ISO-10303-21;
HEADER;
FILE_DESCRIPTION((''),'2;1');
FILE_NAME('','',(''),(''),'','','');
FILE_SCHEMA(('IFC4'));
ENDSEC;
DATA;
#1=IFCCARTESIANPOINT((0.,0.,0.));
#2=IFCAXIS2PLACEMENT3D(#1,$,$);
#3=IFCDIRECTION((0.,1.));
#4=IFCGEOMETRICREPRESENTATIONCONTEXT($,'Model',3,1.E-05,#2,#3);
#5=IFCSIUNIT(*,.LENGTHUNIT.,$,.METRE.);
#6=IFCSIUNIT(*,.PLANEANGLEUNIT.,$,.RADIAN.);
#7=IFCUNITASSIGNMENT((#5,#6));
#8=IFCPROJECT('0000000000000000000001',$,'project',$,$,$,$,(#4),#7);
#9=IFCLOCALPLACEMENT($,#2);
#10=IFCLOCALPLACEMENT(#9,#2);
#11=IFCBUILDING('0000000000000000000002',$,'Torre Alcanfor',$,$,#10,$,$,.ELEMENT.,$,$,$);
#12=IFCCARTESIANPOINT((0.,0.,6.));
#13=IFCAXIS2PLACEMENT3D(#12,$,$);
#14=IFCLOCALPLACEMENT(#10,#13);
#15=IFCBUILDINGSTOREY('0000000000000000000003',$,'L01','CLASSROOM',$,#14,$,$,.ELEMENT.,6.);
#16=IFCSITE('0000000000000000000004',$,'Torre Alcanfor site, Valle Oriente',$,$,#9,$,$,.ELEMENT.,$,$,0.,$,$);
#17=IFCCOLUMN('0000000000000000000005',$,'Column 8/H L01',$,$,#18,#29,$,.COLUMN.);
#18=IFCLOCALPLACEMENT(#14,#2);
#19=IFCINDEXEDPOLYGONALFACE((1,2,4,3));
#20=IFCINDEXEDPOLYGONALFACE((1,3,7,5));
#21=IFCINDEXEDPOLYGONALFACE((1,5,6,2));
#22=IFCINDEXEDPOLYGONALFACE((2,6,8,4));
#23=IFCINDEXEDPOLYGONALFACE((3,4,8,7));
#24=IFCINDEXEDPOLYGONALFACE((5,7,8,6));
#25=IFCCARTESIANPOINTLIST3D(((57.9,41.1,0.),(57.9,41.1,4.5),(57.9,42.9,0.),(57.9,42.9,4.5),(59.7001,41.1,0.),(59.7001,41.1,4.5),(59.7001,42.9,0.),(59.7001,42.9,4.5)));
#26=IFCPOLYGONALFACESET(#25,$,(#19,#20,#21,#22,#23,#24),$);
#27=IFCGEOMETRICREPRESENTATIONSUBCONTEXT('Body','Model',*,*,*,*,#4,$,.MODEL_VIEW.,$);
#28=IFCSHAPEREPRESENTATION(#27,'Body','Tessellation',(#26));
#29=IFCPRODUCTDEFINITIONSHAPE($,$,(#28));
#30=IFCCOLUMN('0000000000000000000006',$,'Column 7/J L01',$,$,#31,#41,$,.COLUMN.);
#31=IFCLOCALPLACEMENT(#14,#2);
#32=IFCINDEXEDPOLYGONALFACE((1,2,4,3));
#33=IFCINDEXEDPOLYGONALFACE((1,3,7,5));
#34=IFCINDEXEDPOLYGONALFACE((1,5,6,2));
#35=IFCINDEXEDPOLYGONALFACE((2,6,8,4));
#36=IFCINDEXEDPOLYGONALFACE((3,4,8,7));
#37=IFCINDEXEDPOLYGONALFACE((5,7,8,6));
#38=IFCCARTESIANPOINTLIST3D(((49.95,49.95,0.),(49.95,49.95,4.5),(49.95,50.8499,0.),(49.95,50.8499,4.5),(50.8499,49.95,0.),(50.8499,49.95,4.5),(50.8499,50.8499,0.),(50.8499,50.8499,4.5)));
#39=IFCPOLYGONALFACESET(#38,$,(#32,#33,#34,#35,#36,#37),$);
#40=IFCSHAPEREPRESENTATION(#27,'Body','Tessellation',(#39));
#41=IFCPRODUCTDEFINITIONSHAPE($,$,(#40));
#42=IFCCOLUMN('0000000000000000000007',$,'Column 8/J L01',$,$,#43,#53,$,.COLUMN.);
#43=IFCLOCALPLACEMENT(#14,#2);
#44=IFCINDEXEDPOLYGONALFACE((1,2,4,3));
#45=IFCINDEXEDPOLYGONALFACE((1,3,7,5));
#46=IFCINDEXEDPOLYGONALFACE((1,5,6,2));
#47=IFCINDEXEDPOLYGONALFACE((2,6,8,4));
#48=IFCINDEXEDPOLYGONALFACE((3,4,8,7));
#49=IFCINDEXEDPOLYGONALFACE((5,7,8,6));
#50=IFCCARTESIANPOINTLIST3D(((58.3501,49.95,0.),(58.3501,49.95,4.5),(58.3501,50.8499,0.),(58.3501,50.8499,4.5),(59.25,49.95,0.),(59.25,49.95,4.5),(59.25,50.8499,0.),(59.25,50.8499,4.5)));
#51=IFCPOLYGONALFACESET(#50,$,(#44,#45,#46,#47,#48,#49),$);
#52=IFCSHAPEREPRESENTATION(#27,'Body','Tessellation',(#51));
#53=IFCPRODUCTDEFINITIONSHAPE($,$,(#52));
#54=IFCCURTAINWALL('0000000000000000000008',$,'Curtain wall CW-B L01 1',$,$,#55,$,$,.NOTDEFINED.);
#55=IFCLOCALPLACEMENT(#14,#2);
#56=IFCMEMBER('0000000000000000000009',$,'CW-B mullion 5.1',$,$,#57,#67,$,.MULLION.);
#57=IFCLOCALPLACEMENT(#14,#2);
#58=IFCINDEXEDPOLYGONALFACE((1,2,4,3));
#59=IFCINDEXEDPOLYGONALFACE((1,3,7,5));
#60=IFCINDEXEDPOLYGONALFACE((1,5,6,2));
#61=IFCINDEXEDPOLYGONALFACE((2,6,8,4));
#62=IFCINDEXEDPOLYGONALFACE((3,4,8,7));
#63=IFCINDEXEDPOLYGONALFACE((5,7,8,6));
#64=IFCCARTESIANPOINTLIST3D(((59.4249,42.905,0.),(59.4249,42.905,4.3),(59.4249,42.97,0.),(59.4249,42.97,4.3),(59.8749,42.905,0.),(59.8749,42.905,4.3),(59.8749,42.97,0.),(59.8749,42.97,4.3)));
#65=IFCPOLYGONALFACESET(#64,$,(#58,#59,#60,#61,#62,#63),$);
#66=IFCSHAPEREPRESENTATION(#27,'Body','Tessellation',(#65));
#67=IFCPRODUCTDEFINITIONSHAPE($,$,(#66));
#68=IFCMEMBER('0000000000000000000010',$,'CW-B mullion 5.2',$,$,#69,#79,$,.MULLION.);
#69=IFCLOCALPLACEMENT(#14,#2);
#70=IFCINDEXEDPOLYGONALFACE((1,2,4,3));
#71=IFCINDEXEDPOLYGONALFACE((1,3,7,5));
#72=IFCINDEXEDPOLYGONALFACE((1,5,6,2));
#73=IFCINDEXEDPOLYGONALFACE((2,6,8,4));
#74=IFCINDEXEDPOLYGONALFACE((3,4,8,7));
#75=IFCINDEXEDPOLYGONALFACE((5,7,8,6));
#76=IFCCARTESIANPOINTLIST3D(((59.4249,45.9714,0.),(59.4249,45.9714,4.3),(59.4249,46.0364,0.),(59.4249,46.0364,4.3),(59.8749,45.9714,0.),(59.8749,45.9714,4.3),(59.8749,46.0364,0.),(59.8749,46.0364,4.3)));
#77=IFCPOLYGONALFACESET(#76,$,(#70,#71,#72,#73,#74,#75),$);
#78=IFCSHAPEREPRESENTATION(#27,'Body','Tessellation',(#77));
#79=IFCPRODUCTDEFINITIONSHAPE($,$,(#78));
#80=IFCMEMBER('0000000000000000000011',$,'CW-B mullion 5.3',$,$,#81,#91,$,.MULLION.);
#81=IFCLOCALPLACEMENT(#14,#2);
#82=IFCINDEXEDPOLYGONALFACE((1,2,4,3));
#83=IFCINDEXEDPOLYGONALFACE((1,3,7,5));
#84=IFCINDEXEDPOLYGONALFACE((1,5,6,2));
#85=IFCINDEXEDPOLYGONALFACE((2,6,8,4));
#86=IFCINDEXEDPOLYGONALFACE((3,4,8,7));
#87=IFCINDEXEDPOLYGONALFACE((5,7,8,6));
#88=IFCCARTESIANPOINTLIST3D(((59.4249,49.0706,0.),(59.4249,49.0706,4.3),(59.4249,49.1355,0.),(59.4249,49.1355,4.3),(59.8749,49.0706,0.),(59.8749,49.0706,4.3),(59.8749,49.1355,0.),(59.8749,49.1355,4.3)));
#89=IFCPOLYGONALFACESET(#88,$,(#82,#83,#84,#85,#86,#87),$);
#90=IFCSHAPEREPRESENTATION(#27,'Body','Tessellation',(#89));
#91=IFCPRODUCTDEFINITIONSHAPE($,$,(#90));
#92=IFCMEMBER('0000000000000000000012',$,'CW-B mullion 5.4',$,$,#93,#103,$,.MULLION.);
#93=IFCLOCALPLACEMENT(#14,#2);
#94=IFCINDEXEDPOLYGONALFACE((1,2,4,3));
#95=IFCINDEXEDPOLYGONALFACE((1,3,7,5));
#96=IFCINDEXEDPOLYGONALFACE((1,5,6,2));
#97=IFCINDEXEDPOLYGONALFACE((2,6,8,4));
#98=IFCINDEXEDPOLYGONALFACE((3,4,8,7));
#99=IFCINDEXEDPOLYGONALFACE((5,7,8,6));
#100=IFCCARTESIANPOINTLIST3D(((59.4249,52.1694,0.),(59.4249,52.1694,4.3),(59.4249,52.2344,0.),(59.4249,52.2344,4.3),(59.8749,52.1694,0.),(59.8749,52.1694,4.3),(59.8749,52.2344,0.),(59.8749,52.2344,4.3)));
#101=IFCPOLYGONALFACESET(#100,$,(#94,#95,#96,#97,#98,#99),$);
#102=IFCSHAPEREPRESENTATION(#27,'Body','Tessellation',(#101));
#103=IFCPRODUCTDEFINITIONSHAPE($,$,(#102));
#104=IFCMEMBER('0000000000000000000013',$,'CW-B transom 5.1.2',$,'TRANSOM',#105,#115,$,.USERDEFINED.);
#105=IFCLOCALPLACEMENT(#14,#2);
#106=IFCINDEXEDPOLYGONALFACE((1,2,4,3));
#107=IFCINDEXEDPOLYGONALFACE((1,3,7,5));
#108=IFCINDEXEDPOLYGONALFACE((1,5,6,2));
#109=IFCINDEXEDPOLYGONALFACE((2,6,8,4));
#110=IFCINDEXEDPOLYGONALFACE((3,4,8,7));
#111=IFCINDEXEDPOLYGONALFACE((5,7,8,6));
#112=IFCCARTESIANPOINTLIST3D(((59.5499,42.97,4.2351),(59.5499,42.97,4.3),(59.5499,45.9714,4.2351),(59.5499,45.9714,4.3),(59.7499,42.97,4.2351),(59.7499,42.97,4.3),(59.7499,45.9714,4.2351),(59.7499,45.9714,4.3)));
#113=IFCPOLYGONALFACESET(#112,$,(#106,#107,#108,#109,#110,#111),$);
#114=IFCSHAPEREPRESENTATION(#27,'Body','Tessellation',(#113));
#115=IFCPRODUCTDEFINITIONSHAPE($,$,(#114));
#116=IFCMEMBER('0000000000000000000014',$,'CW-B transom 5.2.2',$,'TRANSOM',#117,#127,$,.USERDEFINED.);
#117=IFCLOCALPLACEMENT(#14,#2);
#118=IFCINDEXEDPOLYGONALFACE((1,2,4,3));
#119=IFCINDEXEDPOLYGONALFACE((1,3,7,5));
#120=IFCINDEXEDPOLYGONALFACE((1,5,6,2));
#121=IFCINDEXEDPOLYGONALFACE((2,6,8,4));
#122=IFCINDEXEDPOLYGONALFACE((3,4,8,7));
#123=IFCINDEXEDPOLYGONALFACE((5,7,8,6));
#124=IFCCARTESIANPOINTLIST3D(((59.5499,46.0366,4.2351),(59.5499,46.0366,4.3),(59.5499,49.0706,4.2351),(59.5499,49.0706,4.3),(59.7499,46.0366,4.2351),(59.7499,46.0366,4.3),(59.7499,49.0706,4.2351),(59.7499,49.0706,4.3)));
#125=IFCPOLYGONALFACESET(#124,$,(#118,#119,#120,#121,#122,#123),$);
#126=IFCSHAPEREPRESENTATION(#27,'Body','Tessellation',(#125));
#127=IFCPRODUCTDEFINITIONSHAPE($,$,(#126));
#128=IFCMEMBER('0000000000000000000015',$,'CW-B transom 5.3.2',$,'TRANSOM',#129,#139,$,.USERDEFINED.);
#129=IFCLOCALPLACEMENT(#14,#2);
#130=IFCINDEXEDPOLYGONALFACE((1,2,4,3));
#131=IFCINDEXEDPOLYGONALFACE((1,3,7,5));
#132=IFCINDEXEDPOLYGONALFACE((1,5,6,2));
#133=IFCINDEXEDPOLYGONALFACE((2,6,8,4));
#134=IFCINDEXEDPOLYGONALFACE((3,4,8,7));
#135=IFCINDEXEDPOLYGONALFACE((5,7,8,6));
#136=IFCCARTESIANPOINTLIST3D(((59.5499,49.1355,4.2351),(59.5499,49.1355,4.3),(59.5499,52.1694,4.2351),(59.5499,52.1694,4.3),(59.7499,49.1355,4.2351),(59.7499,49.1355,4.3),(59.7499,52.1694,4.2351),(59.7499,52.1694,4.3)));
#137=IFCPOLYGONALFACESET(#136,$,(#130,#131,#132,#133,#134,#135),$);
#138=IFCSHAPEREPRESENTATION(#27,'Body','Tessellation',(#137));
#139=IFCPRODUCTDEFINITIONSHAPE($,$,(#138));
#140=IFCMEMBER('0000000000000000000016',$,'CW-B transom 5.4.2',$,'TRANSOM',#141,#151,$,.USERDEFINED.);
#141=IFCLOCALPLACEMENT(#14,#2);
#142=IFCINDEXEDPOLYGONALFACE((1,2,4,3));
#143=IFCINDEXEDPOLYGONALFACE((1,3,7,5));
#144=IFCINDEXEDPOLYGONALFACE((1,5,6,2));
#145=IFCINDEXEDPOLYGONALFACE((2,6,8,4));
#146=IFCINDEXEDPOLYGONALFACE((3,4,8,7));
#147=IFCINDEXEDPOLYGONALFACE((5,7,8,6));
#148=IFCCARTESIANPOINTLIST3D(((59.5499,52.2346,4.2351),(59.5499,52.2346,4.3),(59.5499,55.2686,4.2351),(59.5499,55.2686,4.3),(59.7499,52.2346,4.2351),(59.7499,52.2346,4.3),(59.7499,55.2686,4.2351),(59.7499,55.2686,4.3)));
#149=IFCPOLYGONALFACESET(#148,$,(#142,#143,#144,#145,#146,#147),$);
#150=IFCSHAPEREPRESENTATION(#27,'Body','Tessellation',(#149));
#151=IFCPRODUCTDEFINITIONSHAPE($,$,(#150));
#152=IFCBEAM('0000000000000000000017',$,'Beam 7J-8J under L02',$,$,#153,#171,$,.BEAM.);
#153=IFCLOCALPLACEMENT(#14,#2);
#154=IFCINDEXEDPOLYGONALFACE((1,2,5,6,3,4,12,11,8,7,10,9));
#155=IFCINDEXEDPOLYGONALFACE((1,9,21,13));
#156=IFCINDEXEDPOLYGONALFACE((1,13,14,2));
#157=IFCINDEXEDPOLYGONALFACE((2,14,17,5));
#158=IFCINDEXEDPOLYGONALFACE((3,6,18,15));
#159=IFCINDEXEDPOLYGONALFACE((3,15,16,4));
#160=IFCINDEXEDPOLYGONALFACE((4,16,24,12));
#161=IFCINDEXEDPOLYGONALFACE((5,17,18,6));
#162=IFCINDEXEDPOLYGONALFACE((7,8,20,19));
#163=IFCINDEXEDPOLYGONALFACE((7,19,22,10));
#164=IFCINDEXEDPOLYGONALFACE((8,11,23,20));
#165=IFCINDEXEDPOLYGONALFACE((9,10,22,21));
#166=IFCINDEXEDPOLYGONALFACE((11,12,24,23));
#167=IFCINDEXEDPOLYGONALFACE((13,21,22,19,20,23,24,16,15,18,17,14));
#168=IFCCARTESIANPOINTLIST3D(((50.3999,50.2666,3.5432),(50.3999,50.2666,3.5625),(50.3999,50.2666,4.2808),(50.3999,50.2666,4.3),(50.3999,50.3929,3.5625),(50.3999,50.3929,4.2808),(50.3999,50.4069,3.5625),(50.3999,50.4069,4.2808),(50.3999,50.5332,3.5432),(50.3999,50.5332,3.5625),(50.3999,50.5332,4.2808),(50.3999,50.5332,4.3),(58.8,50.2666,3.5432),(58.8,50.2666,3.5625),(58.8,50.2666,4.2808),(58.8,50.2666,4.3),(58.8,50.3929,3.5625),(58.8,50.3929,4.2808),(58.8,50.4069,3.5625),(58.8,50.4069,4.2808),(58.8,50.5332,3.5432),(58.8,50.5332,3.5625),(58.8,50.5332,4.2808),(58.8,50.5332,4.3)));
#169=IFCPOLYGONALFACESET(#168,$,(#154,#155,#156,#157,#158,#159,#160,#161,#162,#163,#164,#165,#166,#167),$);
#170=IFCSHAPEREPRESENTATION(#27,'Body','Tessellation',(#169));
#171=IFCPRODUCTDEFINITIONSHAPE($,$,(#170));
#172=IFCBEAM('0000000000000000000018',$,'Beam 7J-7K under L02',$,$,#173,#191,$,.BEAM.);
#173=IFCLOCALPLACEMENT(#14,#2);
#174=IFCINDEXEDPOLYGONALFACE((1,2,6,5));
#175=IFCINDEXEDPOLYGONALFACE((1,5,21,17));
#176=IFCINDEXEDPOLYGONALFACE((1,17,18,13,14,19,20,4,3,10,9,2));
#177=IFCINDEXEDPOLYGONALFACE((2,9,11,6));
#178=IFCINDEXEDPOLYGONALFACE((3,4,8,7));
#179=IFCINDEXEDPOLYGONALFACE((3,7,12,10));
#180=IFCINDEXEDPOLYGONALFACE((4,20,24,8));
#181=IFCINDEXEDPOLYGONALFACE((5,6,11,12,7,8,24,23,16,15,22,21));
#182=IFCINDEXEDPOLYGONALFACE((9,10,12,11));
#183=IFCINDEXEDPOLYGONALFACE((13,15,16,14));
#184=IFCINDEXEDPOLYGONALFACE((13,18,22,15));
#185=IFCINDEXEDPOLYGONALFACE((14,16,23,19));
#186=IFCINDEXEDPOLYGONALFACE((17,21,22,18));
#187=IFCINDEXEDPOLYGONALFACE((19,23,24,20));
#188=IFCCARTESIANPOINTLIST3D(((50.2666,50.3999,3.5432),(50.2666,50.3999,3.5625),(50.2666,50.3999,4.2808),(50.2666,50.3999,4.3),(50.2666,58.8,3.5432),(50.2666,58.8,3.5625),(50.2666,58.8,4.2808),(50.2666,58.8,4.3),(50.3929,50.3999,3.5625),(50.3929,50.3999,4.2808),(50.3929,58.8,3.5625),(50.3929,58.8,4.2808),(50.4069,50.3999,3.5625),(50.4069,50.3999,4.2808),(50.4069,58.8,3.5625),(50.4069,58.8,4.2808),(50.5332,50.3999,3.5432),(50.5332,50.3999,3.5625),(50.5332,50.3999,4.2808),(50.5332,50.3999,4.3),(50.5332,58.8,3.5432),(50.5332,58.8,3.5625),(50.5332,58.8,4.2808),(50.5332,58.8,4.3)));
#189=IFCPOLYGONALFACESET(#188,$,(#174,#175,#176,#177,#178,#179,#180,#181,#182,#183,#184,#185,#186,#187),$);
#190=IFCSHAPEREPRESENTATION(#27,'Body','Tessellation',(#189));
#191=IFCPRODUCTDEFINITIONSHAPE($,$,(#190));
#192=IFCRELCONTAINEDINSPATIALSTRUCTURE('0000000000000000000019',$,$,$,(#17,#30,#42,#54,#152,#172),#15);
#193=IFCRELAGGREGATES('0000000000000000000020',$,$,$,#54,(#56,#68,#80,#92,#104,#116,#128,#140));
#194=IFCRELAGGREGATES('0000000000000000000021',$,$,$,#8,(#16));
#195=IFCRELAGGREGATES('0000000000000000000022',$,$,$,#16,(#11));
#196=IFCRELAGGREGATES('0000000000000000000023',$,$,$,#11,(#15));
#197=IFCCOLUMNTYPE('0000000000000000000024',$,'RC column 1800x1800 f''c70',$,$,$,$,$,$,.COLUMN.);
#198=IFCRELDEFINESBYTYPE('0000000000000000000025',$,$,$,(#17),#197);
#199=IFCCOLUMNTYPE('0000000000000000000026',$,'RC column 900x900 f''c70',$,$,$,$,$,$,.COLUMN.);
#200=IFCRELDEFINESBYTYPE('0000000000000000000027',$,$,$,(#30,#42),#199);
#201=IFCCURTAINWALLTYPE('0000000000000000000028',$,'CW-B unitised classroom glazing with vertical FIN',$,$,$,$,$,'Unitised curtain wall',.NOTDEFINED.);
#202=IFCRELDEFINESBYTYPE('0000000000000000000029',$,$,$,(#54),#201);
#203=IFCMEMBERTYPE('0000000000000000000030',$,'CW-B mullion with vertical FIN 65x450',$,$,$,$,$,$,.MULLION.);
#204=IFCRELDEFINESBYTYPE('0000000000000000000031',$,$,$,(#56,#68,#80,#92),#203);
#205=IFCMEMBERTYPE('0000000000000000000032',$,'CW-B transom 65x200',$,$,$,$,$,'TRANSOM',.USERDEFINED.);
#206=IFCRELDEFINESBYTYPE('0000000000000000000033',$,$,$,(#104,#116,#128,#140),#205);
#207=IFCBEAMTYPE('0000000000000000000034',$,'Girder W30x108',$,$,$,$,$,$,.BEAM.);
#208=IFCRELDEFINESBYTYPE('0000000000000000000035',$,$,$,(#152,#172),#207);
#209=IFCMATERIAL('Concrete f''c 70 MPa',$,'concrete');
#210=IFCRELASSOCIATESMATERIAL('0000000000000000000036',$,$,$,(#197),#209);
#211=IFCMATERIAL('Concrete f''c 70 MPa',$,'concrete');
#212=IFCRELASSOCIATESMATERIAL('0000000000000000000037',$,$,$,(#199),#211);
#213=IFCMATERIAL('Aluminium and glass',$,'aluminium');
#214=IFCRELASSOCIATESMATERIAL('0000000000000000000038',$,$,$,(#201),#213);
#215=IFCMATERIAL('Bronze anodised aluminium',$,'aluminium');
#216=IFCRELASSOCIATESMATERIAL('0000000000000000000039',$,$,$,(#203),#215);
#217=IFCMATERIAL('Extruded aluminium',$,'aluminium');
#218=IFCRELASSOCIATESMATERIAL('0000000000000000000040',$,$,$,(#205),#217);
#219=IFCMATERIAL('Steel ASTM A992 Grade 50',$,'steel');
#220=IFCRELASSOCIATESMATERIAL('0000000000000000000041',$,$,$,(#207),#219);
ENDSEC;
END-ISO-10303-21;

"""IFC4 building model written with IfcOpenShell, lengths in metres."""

from ifc_helpers import new_model, si_unit, direction, frame, origin, origin_2d, place, context, subcontext, project, spatial, rectangle, i_section, extrude, material, material_profile, profile_set, type_object, element, aggregate, save


model = new_model("IFC4")

# Units and contexts
model_context = context("Model", 3, precision=1e-05, world=origin(), true_north=direction((0.0, 1.0)))
body_context = subcontext(model_context, "Body", "Model", "MODEL_VIEW")
ifc_project = project(units=[si_unit("LENGTHUNIT", "METRE"), si_unit("PLANEANGLEUNIT", "RADIAN")], contexts=[model_context])

# Site, building, storey
site_placement = place(None, origin())
site = spatial("IfcSite", under=ifc_project, at=site_placement, Name="Torre Alcanfor site, Valle Oriente", CompositionType="ELEMENT", RefElevation=0.0)
building_placement = place(site_placement, origin())
building = spatial("IfcBuilding", under=site, at=building_placement, Name="Torre Alcanfor", CompositionType="ELEMENT")
storey_placement = place(building_placement, frame((0.0, 0.0, 6.0)))
storey = spatial("IfcBuildingStorey", under=building, at=storey_placement, Name="L01", Description="CLASSROOM", CompositionType="ELEMENT", Elevation=6.0)

# Columns
ifc_material_1 = material(Name="Concrete f'c 70 MPa", Category="concrete")
ifc_material_profile_1 = material_profile(ifc_material_1, rectangle(XDim=1.8, YDim=1.8, at=origin_2d()), Name="1800x1800")
ifc_profile_set_1 = profile_set([ifc_material_profile_1], Name="Concrete f'c 70 MPa")
column_type_1 = type_object("IfcColumnType", Name="RC column 1800x1800 f'c70", PredefinedType="COLUMN", material=ifc_profile_set_1)
column_placement = place(storey_placement, frame((58.8, 42.0, 0.0), z_axis=(0.0, 0.0, 1.0), x_axis=(1.0, 0.0, 0.0)))
element("IfcColumn", 1, at=column_placement, inside=storey, type_object=column_type_1, Name="Column 8/H L01", PredefinedType="COLUMN", context=body_context, shape_type="SweptSolid", body=[
    extrude(rectangle(XDim=1.8, YDim=1.8, at=origin_2d()), origin(), (0.0, 0.0, 1.0), 4.5),
])
ifc_material_2 = material(Name="Concrete f'c 70 MPa", Category="concrete")
ifc_material_profile_2 = material_profile(ifc_material_2, rectangle(XDim=0.8999, YDim=0.8999, at=origin_2d()), Name="900x900")
ifc_profile_set_2 = profile_set([ifc_material_profile_2], Name="Concrete f'c 70 MPa")
column_type_2 = type_object("IfcColumnType", Name="RC column 900x900 f'c70", PredefinedType="COLUMN", material=ifc_profile_set_2)
for number, where, z_axis, x_axis, name in (
    (2, (50.3999, 50.3999, 0.0), (0.0, 0.0, 1.0), (1.0, 0.0, 0.0), "Column 7/J L01"),
    (3, (58.8, 50.3999, 0.0), (0.0, 0.0, 1.0), (1.0, 0.0, 0.0), "Column 8/J L01"),
):
    element("IfcColumn", number, at=place(storey_placement, frame(where, z_axis=z_axis, x_axis=x_axis)), inside=storey, type_object=column_type_2, Name=name, PredefinedType="COLUMN", context=body_context, shape_type="SweptSolid", body=[
        extrude(rectangle(XDim=0.8999, YDim=0.8999, at=origin_2d()), origin(), (0.0, 0.0, 1.0), 4.5),
    ])

# Curtain wall, members
ifc_material_3 = material(Name="Aluminium and glass", Category="aluminium")
curtain_wall_type = type_object("IfcCurtainWallType", Name="CW-B unitised classroom glazing with vertical FIN", ElementType="Unitised curtain wall", PredefinedType="NOTDEFINED", material=ifc_material_3)
curtain_wall_placement = place(storey_placement, origin())
curtain_wall = element("IfcCurtainWall", 4, at=curtain_wall_placement, inside=storey, type_object=curtain_wall_type, Name="Curtain wall CW-B L01 1", PredefinedType="NOTDEFINED")
ifc_material_4 = material(Name="Bronze anodised aluminium", Category="aluminium")
ifc_material_profile_3 = material_profile(ifc_material_4, rectangle(XDim=0.45, YDim=0.0649, at=origin_2d()), Name="CW-B mullion 65x450")
ifc_profile_set_3 = profile_set([ifc_material_profile_3], Name="Bronze anodised aluminium")
member_type_1 = type_object("IfcMemberType", Name="CW-B mullion with vertical FIN 65x450", PredefinedType="MULLION", material=ifc_profile_set_3)
member_1_placement = place(storey_placement, frame((59.6499, 42.9375, 0.0), z_axis=(0.0, 0.0, 1.0), x_axis=(-1.0, 0.0, 0.0)))
member_1 = element("IfcMember", 5, at=member_1_placement, type_object=member_type_1, Name="CW-B mullion 5.1", PredefinedType="MULLION", context=body_context, shape_type="SweptSolid", body=[
    extrude(rectangle(XDim=0.45, YDim=0.0649, at=origin_2d()), origin(), (0.0, 0.0, 1.0), 4.3),
])
member_2_placement = place(storey_placement, frame((59.6499, 46.0039, 0.0), z_axis=(0.0, 0.0, 1.0), x_axis=(-1.0, 0.0, 0.0)))
member_2 = element("IfcMember", 6, at=member_2_placement, type_object=member_type_1, Name="CW-B mullion 5.2", PredefinedType="MULLION", context=body_context, shape_type="SweptSolid", body=[
    extrude(rectangle(XDim=0.45, YDim=0.0649, at=origin_2d()), origin(), (0.0, 0.0, 1.0), 4.3),
])
member_3_placement = place(storey_placement, frame((59.6499, 49.103, 0.0), z_axis=(0.0, 0.0, 1.0), x_axis=(-1.0, 0.0, 0.0)))
member_3 = element("IfcMember", 7, at=member_3_placement, type_object=member_type_1, Name="CW-B mullion 5.3", PredefinedType="MULLION", context=body_context, shape_type="SweptSolid", body=[
    extrude(rectangle(XDim=0.45, YDim=0.0649, at=origin_2d()), origin(), (0.0, 0.0, 1.0), 4.3),
])
member_4_placement = place(storey_placement, frame((59.6499, 52.2019, 0.0), z_axis=(0.0, 0.0, 1.0), x_axis=(-1.0, 0.0, 0.0)))
member_4 = element("IfcMember", 8, at=member_4_placement, type_object=member_type_1, Name="CW-B mullion 5.4", PredefinedType="MULLION", context=body_context, shape_type="SweptSolid", body=[
    extrude(rectangle(XDim=0.45, YDim=0.0649, at=origin_2d()), origin(), (0.0, 0.0, 1.0), 4.3),
])
ifc_material_5 = material(Name="Extruded aluminium", Category="aluminium")
ifc_material_profile_4 = material_profile(ifc_material_5, rectangle(XDim=0.2, YDim=0.0649, at=origin_2d()), Name="CW-B transom 200x65")
ifc_profile_set_4 = profile_set([ifc_material_profile_4], Name="Extruded aluminium")
member_type_2 = type_object("IfcMemberType", Name="CW-B transom 65x200", ElementType="TRANSOM", PredefinedType="USERDEFINED", material=ifc_profile_set_4)
member_5_placement = place(storey_placement, frame((59.6499, 42.97, 4.2676), z_axis=(0.0, 1.0, 0.0), x_axis=(-1.0, 0.0, 0.0)))
member_5 = element("IfcMember", 9, at=member_5_placement, type_object=member_type_2, Name="CW-B transom 5.1.2", ObjectType="TRANSOM", PredefinedType="USERDEFINED", context=body_context, shape_type="SweptSolid", body=[
    extrude(rectangle(XDim=0.2, YDim=0.0649, at=origin_2d()), origin(), (0.0, 0.0, 1.0), 3.0015),
])
member_6_placement = place(storey_placement, frame((59.6499, 46.0366, 4.2676), z_axis=(0.0, 1.0, 0.0), x_axis=(-1.0, 0.0, 0.0)))
member_6 = element("IfcMember", 10, at=member_6_placement, type_object=member_type_2, Name="CW-B transom 5.2.2", ObjectType="TRANSOM", PredefinedType="USERDEFINED", context=body_context, shape_type="SweptSolid", body=[
    extrude(rectangle(XDim=0.2, YDim=0.0649, at=origin_2d()), origin(), (0.0, 0.0, 1.0), 3.0339),
])
member_7_placement = place(storey_placement, frame((59.6499, 49.1355, 4.2676), z_axis=(0.0, 1.0, 0.0), x_axis=(-1.0, 0.0, 0.0)))
member_7 = element("IfcMember", 11, at=member_7_placement, type_object=member_type_2, Name="CW-B transom 5.3.2", ObjectType="TRANSOM", PredefinedType="USERDEFINED", context=body_context, shape_type="SweptSolid", body=[
    extrude(rectangle(XDim=0.2, YDim=0.0649, at=origin_2d()), origin(), (0.0, 0.0, 1.0), 3.0339),
])
member_8_placement = place(storey_placement, frame((59.6499, 52.2346, 4.2676), z_axis=(0.0, 1.0, 0.0), x_axis=(-1.0, 0.0, 0.0)))
member_8 = element("IfcMember", 12, at=member_8_placement, type_object=member_type_2, Name="CW-B transom 5.4.2", ObjectType="TRANSOM", PredefinedType="USERDEFINED", context=body_context, shape_type="SweptSolid", body=[
    extrude(rectangle(XDim=0.2, YDim=0.0649, at=origin_2d()), origin(), (0.0, 0.0, 1.0), 3.0339),
])

# Beams
ifc_material_6 = material(Name="Steel ASTM A992 Grade 50", Category="steel")
ifc_material_profile_5 = material_profile(ifc_material_6, i_section(OverallWidth=0.2666, OverallDepth=0.7568, WebThickness=0.0139, FlangeThickness=0.0193, at=origin_2d()), Name="W30x108")
ifc_profile_set_5 = profile_set([ifc_material_profile_5], Name="Steel ASTM A992 Grade 50")
beam_type_1 = type_object("IfcBeamType", Name="Girder W30x108", PredefinedType="BEAM", material=ifc_profile_set_5)
for number, where, z_axis, x_axis, name in (
    (13, (50.3999, 50.3999, 3.9216), (1.0, 0.0, 0.0), (0.0, 1.0, 0.0), "Beam 7J-8J under L02"),
    (14, (50.3999, 50.3999, 3.9216), (0.0, 1.0, 0.0), (-1.0, 0.0, 0.0), "Beam 7J-7K under L02"),
):
    element("IfcBeam", number, at=place(storey_placement, frame(where, z_axis=z_axis, x_axis=x_axis)), inside=storey, type_object=beam_type_1, Name=name, PredefinedType="BEAM", context=body_context, shape_type="SweptSolid", body=[
        extrude(i_section(OverallWidth=0.2666, OverallDepth=0.7568, WebThickness=0.0139, FlangeThickness=0.0193, at=origin_2d()), origin(), (0.0, 0.0, 1.0), 8.4001),
    ])

aggregate(curtain_wall, [member_1, member_2, member_3, member_4, member_5, member_6, member_7, member_8])

save(model, "model.ifc")
